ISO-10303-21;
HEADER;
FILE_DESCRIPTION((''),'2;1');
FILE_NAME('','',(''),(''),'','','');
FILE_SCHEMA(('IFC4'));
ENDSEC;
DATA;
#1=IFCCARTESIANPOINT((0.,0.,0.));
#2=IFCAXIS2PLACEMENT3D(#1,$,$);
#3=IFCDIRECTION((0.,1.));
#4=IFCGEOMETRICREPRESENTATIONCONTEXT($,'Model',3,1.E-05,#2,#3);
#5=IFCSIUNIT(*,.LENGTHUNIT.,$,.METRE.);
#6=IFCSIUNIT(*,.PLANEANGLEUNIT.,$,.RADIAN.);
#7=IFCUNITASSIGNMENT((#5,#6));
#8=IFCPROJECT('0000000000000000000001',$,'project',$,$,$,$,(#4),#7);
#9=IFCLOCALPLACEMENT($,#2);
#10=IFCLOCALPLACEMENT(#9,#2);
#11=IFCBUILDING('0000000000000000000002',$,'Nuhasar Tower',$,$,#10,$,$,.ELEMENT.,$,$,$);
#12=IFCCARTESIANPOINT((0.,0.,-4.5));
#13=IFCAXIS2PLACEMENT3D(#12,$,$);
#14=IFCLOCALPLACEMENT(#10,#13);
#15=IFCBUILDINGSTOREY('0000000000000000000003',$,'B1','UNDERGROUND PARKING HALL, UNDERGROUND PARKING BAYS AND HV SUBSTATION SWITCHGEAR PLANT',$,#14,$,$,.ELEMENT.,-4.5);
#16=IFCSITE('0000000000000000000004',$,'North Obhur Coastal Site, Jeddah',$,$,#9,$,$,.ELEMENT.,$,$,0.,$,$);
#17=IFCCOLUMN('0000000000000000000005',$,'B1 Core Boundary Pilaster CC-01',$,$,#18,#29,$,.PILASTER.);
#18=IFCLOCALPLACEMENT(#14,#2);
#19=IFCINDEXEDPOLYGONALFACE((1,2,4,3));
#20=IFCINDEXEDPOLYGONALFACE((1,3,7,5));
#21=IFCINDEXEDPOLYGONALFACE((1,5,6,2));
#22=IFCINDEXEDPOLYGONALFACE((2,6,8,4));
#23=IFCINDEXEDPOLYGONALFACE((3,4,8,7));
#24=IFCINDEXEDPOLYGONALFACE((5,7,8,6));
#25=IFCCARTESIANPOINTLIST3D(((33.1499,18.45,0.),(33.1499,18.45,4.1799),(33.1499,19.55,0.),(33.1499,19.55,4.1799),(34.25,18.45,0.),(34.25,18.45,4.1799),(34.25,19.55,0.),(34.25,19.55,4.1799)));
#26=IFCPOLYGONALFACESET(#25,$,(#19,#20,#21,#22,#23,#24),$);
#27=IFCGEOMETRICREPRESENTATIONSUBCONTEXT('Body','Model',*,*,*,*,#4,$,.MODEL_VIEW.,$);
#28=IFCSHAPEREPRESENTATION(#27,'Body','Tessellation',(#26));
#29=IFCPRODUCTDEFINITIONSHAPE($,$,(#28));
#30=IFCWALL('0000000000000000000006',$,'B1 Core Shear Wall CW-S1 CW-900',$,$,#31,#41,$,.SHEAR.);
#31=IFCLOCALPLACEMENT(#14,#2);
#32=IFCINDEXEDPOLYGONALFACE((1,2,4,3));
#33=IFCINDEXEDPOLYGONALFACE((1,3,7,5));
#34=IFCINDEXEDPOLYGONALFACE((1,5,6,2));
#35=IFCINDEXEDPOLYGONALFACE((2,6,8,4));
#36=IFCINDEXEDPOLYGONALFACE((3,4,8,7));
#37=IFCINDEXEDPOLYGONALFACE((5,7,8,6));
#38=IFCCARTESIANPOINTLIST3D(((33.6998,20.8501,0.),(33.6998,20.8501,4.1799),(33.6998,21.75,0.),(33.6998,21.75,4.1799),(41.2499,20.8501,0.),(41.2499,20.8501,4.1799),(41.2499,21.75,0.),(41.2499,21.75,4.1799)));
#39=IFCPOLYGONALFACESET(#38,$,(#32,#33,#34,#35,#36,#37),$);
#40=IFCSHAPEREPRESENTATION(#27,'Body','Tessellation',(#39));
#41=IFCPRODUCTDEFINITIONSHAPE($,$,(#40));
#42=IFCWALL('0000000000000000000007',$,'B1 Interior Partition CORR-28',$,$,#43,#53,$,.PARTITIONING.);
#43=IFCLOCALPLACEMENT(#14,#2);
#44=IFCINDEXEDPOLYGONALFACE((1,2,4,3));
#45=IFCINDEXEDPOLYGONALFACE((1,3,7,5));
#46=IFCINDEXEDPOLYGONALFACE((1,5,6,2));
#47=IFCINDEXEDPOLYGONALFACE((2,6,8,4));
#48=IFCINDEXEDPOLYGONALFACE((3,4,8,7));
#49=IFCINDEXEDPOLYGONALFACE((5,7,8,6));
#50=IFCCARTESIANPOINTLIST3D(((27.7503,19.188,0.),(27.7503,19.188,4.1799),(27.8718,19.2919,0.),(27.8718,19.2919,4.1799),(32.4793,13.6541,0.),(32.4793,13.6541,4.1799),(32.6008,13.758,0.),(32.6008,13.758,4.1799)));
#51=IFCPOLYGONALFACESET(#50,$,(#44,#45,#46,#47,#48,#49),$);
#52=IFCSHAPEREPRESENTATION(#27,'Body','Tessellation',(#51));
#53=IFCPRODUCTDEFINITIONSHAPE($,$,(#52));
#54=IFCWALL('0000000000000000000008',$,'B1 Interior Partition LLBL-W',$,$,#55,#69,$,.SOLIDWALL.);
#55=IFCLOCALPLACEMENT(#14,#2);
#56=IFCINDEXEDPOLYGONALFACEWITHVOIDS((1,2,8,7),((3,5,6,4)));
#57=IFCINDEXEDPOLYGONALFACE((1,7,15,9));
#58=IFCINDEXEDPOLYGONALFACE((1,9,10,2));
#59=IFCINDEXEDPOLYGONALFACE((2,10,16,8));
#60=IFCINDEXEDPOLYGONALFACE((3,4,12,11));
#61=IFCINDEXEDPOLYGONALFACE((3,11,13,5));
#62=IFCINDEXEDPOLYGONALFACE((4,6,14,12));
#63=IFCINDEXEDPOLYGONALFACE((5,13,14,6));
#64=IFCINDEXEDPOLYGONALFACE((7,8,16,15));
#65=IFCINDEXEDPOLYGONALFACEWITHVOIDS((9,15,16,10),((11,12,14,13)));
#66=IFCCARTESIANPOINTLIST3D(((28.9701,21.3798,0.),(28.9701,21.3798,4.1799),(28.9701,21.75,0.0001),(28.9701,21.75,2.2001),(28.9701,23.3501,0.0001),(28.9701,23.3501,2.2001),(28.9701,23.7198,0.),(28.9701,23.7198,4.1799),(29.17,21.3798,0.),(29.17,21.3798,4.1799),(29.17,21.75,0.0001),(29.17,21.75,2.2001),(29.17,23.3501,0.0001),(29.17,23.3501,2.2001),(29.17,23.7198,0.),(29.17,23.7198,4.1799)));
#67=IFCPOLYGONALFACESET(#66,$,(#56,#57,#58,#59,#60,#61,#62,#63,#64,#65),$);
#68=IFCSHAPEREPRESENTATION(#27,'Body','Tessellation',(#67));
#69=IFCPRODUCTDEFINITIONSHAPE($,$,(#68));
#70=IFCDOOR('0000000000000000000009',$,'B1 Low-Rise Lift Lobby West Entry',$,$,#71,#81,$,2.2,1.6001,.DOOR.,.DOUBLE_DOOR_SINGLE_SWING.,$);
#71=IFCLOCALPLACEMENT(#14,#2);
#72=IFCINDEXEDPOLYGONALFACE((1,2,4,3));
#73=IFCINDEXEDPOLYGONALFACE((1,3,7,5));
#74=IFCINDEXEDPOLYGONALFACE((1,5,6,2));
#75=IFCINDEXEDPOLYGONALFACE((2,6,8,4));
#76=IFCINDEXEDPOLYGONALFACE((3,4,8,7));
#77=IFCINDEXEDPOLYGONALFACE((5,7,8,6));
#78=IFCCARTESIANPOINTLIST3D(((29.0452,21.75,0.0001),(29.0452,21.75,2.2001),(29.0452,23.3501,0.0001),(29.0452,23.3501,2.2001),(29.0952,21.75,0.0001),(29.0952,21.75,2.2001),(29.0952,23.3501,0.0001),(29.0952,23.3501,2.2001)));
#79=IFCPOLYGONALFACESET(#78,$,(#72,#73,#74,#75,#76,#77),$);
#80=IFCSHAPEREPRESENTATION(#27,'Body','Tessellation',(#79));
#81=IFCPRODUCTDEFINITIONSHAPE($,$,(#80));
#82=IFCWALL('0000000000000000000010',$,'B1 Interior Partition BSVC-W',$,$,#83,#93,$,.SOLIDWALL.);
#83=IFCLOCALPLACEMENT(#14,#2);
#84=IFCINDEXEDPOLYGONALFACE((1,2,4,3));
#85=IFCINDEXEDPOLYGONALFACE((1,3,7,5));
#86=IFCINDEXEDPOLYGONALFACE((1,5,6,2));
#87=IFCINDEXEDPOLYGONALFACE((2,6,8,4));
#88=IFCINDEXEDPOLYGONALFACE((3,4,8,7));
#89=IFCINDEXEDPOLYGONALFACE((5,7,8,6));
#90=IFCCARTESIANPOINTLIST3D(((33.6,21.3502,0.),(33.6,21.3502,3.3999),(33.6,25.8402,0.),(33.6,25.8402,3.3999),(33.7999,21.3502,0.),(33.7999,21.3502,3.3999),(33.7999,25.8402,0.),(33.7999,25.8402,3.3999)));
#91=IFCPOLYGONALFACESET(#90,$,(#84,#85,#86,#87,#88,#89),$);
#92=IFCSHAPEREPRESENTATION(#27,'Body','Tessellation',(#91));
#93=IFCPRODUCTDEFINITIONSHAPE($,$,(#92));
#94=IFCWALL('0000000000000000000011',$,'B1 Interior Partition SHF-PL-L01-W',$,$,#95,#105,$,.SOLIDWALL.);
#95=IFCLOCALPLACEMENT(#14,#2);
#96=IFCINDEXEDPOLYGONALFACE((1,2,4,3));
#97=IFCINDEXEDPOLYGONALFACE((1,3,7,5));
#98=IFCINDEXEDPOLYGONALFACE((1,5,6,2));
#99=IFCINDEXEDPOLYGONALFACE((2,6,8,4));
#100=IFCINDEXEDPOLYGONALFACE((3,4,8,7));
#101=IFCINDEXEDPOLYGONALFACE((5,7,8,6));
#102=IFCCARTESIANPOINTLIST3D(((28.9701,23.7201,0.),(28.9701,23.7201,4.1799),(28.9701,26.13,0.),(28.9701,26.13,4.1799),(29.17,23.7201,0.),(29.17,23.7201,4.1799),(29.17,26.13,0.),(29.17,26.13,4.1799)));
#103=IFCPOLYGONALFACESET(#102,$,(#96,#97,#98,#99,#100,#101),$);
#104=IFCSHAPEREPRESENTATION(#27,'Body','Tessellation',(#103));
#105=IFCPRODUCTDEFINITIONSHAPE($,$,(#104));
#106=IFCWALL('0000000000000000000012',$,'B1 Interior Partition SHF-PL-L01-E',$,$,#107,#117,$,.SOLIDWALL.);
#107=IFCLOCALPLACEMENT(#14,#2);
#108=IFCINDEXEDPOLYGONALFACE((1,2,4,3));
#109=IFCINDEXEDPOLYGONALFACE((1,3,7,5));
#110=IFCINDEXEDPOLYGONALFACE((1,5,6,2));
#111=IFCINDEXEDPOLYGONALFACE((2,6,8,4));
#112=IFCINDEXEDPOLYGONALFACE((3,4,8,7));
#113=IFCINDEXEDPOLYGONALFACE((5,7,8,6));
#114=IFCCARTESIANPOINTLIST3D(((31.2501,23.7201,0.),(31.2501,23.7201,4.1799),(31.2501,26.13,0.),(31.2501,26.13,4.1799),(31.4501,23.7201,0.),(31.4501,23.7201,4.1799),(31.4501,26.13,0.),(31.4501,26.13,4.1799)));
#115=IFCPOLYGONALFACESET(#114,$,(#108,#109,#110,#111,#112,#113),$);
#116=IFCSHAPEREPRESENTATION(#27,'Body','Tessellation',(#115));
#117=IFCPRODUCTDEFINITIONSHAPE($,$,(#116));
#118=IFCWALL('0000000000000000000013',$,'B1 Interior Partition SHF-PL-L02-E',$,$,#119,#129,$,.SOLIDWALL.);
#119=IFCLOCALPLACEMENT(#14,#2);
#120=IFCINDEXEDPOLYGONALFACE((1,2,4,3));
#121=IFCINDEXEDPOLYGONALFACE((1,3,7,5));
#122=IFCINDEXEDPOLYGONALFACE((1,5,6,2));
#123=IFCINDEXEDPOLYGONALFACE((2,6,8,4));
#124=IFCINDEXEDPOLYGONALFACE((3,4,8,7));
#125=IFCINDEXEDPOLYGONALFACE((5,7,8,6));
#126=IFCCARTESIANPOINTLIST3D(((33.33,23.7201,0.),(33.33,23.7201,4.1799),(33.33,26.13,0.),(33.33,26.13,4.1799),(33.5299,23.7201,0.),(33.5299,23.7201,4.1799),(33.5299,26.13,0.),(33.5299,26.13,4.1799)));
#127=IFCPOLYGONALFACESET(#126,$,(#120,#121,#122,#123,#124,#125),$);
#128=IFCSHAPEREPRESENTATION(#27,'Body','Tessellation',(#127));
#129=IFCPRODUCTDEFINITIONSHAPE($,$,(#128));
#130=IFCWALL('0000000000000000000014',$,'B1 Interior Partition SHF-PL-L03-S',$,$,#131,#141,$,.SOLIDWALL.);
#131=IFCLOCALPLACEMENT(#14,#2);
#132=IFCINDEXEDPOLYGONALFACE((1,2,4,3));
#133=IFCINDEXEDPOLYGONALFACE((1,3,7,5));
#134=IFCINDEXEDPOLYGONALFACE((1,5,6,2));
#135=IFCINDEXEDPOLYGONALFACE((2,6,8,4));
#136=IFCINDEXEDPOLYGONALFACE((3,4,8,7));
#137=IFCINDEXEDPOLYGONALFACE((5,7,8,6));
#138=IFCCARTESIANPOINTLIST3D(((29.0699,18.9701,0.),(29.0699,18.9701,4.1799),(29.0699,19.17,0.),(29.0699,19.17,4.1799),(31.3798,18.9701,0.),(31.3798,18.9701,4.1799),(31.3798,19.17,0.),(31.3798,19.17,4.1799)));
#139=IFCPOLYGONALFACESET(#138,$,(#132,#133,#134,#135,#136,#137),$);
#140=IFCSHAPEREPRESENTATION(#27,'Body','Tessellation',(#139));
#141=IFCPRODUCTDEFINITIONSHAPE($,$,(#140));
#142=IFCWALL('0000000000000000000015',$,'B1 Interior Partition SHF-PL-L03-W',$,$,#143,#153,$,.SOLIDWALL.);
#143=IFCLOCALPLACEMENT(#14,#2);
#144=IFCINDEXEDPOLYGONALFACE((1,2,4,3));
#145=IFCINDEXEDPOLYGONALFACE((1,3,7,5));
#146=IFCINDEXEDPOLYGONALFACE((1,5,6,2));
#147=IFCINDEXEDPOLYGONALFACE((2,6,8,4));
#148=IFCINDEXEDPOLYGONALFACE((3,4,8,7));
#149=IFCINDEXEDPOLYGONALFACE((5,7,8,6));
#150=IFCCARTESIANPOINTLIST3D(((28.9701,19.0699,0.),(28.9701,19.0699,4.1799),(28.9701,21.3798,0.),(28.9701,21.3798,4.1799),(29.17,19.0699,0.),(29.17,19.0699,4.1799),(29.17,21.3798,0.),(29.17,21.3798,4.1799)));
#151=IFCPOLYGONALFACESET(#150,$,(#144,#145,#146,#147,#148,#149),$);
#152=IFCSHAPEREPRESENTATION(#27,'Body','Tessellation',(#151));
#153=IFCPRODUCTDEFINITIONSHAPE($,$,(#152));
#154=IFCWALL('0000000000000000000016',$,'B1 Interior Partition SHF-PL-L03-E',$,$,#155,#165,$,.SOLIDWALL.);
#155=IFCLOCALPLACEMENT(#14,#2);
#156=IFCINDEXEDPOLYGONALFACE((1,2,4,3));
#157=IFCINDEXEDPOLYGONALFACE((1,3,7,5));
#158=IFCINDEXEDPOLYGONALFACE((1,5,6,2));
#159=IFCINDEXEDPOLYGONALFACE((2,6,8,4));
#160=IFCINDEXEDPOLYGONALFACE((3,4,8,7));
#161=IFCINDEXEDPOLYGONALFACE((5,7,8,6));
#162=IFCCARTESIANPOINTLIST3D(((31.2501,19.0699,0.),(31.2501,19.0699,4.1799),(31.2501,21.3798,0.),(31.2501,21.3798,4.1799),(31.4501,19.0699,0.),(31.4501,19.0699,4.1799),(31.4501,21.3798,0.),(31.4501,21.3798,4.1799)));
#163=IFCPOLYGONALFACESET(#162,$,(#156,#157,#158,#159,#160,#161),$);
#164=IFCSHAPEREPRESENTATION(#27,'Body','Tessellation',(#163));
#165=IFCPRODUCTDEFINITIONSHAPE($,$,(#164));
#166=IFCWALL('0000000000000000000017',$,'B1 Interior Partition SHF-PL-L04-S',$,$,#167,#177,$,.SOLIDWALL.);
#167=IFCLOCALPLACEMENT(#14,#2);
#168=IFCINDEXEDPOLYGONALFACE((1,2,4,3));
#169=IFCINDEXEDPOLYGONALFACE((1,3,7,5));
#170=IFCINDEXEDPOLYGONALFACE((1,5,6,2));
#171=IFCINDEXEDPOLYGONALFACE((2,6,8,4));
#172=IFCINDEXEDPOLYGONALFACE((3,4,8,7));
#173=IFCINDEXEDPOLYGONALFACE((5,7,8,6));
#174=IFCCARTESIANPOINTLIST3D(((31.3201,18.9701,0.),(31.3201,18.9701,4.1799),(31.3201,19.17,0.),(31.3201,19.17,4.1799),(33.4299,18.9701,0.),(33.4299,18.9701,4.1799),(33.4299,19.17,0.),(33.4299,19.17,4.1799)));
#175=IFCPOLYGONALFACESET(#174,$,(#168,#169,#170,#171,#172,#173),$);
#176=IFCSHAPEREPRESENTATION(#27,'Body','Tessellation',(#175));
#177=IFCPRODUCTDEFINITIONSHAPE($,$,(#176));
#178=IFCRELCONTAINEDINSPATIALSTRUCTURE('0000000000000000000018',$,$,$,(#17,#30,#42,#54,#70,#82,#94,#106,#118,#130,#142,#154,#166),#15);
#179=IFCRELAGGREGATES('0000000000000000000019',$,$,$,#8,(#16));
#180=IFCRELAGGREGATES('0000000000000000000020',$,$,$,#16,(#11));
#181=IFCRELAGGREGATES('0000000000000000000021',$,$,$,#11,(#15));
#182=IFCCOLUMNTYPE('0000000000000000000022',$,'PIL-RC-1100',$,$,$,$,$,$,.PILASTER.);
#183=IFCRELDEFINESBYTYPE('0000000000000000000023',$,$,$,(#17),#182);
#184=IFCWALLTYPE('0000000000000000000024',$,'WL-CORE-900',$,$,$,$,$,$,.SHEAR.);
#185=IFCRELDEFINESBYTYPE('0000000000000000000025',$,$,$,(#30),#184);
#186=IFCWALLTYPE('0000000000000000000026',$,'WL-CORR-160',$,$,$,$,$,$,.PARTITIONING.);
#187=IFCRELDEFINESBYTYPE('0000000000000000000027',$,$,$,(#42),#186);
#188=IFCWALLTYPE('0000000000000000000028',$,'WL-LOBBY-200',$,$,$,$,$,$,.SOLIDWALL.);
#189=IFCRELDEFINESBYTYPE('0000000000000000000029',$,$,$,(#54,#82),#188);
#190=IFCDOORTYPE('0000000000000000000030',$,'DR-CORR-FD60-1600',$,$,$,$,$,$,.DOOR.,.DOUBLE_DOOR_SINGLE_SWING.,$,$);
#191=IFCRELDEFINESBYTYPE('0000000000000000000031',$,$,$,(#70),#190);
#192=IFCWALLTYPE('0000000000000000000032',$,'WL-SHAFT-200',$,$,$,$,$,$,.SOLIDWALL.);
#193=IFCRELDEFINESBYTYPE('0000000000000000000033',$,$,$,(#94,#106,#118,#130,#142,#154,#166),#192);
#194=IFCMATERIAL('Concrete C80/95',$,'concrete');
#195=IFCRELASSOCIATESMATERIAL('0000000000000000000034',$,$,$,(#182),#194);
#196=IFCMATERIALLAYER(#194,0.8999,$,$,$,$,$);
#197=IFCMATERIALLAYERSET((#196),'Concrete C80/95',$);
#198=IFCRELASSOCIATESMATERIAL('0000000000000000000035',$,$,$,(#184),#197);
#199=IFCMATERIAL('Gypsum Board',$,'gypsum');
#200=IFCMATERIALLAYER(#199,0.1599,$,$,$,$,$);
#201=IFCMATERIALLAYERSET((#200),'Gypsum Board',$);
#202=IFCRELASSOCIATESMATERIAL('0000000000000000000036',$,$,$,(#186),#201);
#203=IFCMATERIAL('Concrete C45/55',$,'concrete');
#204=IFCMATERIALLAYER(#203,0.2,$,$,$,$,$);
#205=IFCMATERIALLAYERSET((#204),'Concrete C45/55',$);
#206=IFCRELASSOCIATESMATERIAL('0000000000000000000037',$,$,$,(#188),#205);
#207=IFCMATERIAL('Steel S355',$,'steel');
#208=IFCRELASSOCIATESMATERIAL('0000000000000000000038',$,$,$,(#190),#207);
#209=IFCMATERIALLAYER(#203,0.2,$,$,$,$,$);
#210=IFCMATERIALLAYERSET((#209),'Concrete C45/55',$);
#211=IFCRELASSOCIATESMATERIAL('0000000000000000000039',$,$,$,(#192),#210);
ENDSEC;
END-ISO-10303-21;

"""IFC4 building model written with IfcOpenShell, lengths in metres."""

from ifc_helpers import new_model, si_unit, direction, frame, frame_2d, origin, origin_2d, place, context, subcontext, project, spatial, rectangle, extrude, material, layer, layer_set, material_profile, profile_set, type_object, element, fill, save


model = new_model("IFC4")

# Units and contexts
model_context = context("Model", 3, precision=1e-05, world=origin(), true_north=direction((0.0, 1.0)))
body_context = subcontext(model_context, "Body", "Model", "MODEL_VIEW")
ifc_project = project(units=[si_unit("LENGTHUNIT", "METRE"), si_unit("PLANEANGLEUNIT", "RADIAN")], contexts=[model_context])

# Site, building, storey
site_placement = place(None, origin())
site = spatial("IfcSite", under=ifc_project, at=site_placement, Name="North Obhur Coastal Site, Jeddah", CompositionType="ELEMENT", RefElevation=0.0)
building_placement = place(site_placement, origin())
building = spatial("IfcBuilding", under=site, at=building_placement, Name="Nuhasar Tower", CompositionType="ELEMENT")
storey_placement = place(building_placement, frame((0.0, 0.0, -4.5)))
storey = spatial("IfcBuildingStorey", under=building, at=storey_placement, Name="B1", Description="UNDERGROUND PARKING HALL, UNDERGROUND PARKING BAYS AND HV SUBSTATION SWITCHGEAR PLANT", CompositionType="ELEMENT", Elevation=-4.5)

# Column
ifc_material_1 = material(Name="Concrete C80/95", Category="concrete")
ifc_material_profile = material_profile(ifc_material_1, rectangle(XDim=1.1001, YDim=1.1001, at=origin_2d()), Name="RC1100X1100")
ifc_profile_set = profile_set([ifc_material_profile], Name="Concrete C80/95")
column_type = type_object("IfcColumnType", Name="PIL-RC-1100", PredefinedType="PILASTER", material=ifc_profile_set)
column_placement = place(storey_placement, frame((33.7, 19.0, 0.0), z_axis=(0.0, 0.0, 1.0), x_axis=(1.0, 0.0, 0.0)))
element("IfcColumn", 1, at=column_placement, inside=storey, type_object=column_type, Name="B1 Core Boundary Pilaster CC-01", PredefinedType="PILASTER", context=body_context, shape_type="SweptSolid", body=[
    extrude(rectangle(XDim=1.1001, YDim=1.1001, at=origin_2d()), origin(), (0.0, 0.0, 1.0), 4.1799),
])

# Walls
ifc_layer_1 = layer(ifc_material_1, 0.8999)
ifc_layer_set_1 = layer_set([ifc_layer_1], Name="Concrete C80/95")
wall_type_1 = type_object("IfcWallType", Name="WL-CORE-900", PredefinedType="SHEAR", material=ifc_layer_set_1)
wall_1_placement = place(storey_placement, frame((33.7, 21.3, 0.0), z_axis=(0.0, 0.0, 1.0), x_axis=(1.0, 0.0, 0.0)))
element("IfcWall", 2, at=wall_1_placement, inside=storey, type_object=wall_type_1, Name="B1 Core Shear Wall CW-S1 CW-900", PredefinedType="SHEAR", context=body_context, shape_type="SweptSolid", body=[
    extrude(rectangle(XDim=7.55, YDim=0.8999, at=frame_2d((3.7749, 0.0))), origin(), (0.0, 0.0, 1.0), 4.1799),
])
ifc_material_2 = material(Name="Gypsum Board", Category="gypsum")
ifc_layer_2 = layer(ifc_material_2, 0.1599)
ifc_layer_set_2 = layer_set([ifc_layer_2], Name="Gypsum Board")
wall_type_2 = type_object("IfcWallType", Name="WL-CORR-160", PredefinedType="PARTITIONING", material=ifc_layer_set_2)
wall_2_placement = place(storey_placement, frame((27.811, 19.24, 0.0), z_axis=(0.0, 0.0, 1.0), x_axis=(0.649653, -0.760231, 0.0)))
element("IfcWall", 3, at=wall_2_placement, inside=storey, type_object=wall_type_2, Name="B1 Interior Partition CORR-28", PredefinedType="PARTITIONING", context=body_context, shape_type="SweptSolid", body=[
    extrude(rectangle(XDim=7.2793, YDim=0.1599, at=frame_2d((3.6396, 0.0))), origin(), (0.0, 0.0, 1.0), 4.1799),
])

# Wall, opening, door
ifc_material_3 = material(Name="Concrete C45/55", Category="concrete")
ifc_layer_3 = layer(ifc_material_3, 0.2)
ifc_layer_set_3 = layer_set([ifc_layer_3], Name="Concrete C45/55")
wall_type_3 = type_object("IfcWallType", Name="WL-LOBBY-200", PredefinedType="SOLIDWALL", material=ifc_layer_set_3)
wall_3_placement = place(storey_placement, frame((29.0701, 21.3799, 0.0), z_axis=(0.0, 0.0, 1.0), x_axis=(0.0, 1.0, 0.0)))
wall_3 = element("IfcWall", 4, at=wall_3_placement, inside=storey, type_object=wall_type_3, Name="B1 Interior Partition LLBL-W", PredefinedType="SOLIDWALL", context=body_context, shape_type="SweptSolid", body=[
    extrude(rectangle(XDim=2.3401, YDim=0.2, at=frame_2d((1.1699, 0.0))), origin(), (0.0, 0.0, 1.0), 4.1799),
])
opening_1_placement = place(wall_3_placement, frame((0.3701, 0.0, 0.0)))
opening_1 = element("IfcOpeningElement", 5, at=opening_1_placement, cuts=wall_3, PredefinedType="OPENING", context=body_context, shape_type="SweptSolid", body=[
    extrude(rectangle(XDim=1.6001, YDim=2.2, at=frame_2d((0.8, 1.1001))), frame((0.0, 0.1099, 0.0), z_axis=(0.0, -1.0, 0.0), x_axis=(1.0, 0.0, 0.0)), (0.0, 0.0, 1.0), 0.22),
])
ifc_material_4 = material(Name="Steel S355", Category="steel")
door_type_1 = type_object("IfcDoorType", Name="DR-CORR-FD60-1600", OperationType="DOUBLE_DOOR_SINGLE_SWING", PredefinedType="DOOR", material=ifc_material_4)
door_1_placement = place(opening_1_placement, origin())
door_1 = element("IfcDoor", 6, at=door_1_placement, inside=storey, type_object=door_type_1, Name="B1 Low-Rise Lift Lobby West Entry", OperationType="DOUBLE_DOOR_SINGLE_SWING", OverallHeight=2.2, OverallWidth=1.6001, PredefinedType="DOOR", context=body_context, shape_type="SweptSolid", body=[
    extrude(rectangle(XDim=1.6001, YDim=2.2, at=frame_2d((0.8, 1.1001))), frame((0.0, 0.0249, 0.0), z_axis=(0.0, -1.0, 0.0), x_axis=(1.0, 0.0, 0.0)), (0.0, 0.0, 1.0), 0.05),
])
fill(opening_1, door_1)

# Wall
wall_4_placement = place(storey_placement, frame((33.7, 21.3501, 0.0), z_axis=(0.0, 0.0, 1.0), x_axis=(0.0, 1.0, 0.0)))
element("IfcWall", 7, at=wall_4_placement, inside=storey, type_object=wall_type_3, Name="B1 Interior Partition BSVC-W", PredefinedType="SOLIDWALL", context=body_context, shape_type="SweptSolid", body=[
    extrude(rectangle(XDim=4.49, YDim=0.2, at=frame_2d((2.2451, 0.0))), origin(), (0.0, 0.0, 1.0), 3.3999),
])

# Shared definitions
ifc_layer_4 = layer(ifc_material_3, 0.2)
ifc_layer_set_4 = layer_set([ifc_layer_4], Name="Concrete C45/55")
wall_type_4 = type_object("IfcWallType", Name="WL-SHAFT-200", PredefinedType="SOLIDWALL", material=ifc_layer_set_4)

# Walls
for number, where, z_axis, x_axis, name in (
    (8, (29.0701, 23.72, 0.0), (0.0, 0.0, 1.0), (0.0, 1.0, 0.0), "B1 Interior Partition SHF-PL-L01-W"),
    (9, (31.3501, 23.72, 0.0), (0.0, 0.0, 1.0), (0.0, 1.0, 0.0), "B1 Interior Partition SHF-PL-L01-E"),
):
    element("IfcWall", number, at=place(storey_placement, frame(where, z_axis=z_axis, x_axis=x_axis)), inside=storey, type_object=wall_type_4, Name=name, PredefinedType="SOLIDWALL", context=body_context, shape_type="SweptSolid", body=[
        extrude(rectangle(XDim=2.4099, YDim=0.2, at=frame_2d((1.2051, 0.0))), origin(), (0.0, 0.0, 1.0), 4.1799),
    ])

# Walls
wall_5_placement = place(storey_placement, frame((33.4299, 23.72, 0.0), z_axis=(0.0, 0.0, 1.0), x_axis=(0.0, 1.0, 0.0)))
element("IfcWall", 10, at=wall_5_placement, inside=storey, type_object=wall_type_4, Name="B1 Interior Partition SHF-PL-L02-E", PredefinedType="SOLIDWALL", context=body_context, shape_type="SweptSolid", body=[
    extrude(rectangle(XDim=2.4099, YDim=0.2, at=frame_2d((1.2051, 0.0))), origin(), (0.0, 0.0, 1.0), 4.1799),
])
wall_6_placement = place(storey_placement, frame((29.0701, 19.0701, 0.0), z_axis=(0.0, 0.0, 1.0), x_axis=(1.0, 0.0, 0.0)))
element("IfcWall", 11, at=wall_6_placement, inside=storey, type_object=wall_type_4, Name="B1 Interior Partition SHF-PL-L03-S", PredefinedType="SOLIDWALL", context=body_context, shape_type="SweptSolid", body=[
    extrude(rectangle(XDim=2.3098, YDim=0.2, at=frame_2d((1.1548, 0.0))), origin(), (0.0, 0.0, 1.0), 4.1799),
])

# Walls
for number, where, z_axis, x_axis, name in (
    (12, (29.0701, 19.0701, 0.0), (0.0, 0.0, 1.0), (0.0, 1.0, 0.0), "B1 Interior Partition SHF-PL-L03-W"),
    (13, (31.3501, 19.0701, 0.0), (0.0, 0.0, 1.0), (0.0, 1.0, 0.0), "B1 Interior Partition SHF-PL-L03-E"),
):
    element("IfcWall", number, at=place(storey_placement, frame(where, z_axis=z_axis, x_axis=x_axis)), inside=storey, type_object=wall_type_4, Name=name, PredefinedType="SOLIDWALL", context=body_context, shape_type="SweptSolid", body=[
        extrude(rectangle(XDim=2.3098, YDim=0.2, at=frame_2d((1.1548, 0.0))), origin(), (0.0, 0.0, 1.0), 4.1799),
    ])
wall_7_placement = place(storey_placement, frame((31.3201, 19.0701, 0.0), z_axis=(0.0, 0.0, 1.0), x_axis=(1.0, 0.0, 0.0)))
element("IfcWall", 14, at=wall_7_placement, inside=storey, type_object=wall_type_4, Name="B1 Interior Partition SHF-PL-L04-S", PredefinedType="SOLIDWALL", context=body_context, shape_type="SweptSolid", body=[
    extrude(rectangle(XDim=2.1099, YDim=0.2, at=frame_2d((1.0549, 0.0))), origin(), (0.0, 0.0, 1.0), 4.1799),
])

save(model, "model.ifc")
